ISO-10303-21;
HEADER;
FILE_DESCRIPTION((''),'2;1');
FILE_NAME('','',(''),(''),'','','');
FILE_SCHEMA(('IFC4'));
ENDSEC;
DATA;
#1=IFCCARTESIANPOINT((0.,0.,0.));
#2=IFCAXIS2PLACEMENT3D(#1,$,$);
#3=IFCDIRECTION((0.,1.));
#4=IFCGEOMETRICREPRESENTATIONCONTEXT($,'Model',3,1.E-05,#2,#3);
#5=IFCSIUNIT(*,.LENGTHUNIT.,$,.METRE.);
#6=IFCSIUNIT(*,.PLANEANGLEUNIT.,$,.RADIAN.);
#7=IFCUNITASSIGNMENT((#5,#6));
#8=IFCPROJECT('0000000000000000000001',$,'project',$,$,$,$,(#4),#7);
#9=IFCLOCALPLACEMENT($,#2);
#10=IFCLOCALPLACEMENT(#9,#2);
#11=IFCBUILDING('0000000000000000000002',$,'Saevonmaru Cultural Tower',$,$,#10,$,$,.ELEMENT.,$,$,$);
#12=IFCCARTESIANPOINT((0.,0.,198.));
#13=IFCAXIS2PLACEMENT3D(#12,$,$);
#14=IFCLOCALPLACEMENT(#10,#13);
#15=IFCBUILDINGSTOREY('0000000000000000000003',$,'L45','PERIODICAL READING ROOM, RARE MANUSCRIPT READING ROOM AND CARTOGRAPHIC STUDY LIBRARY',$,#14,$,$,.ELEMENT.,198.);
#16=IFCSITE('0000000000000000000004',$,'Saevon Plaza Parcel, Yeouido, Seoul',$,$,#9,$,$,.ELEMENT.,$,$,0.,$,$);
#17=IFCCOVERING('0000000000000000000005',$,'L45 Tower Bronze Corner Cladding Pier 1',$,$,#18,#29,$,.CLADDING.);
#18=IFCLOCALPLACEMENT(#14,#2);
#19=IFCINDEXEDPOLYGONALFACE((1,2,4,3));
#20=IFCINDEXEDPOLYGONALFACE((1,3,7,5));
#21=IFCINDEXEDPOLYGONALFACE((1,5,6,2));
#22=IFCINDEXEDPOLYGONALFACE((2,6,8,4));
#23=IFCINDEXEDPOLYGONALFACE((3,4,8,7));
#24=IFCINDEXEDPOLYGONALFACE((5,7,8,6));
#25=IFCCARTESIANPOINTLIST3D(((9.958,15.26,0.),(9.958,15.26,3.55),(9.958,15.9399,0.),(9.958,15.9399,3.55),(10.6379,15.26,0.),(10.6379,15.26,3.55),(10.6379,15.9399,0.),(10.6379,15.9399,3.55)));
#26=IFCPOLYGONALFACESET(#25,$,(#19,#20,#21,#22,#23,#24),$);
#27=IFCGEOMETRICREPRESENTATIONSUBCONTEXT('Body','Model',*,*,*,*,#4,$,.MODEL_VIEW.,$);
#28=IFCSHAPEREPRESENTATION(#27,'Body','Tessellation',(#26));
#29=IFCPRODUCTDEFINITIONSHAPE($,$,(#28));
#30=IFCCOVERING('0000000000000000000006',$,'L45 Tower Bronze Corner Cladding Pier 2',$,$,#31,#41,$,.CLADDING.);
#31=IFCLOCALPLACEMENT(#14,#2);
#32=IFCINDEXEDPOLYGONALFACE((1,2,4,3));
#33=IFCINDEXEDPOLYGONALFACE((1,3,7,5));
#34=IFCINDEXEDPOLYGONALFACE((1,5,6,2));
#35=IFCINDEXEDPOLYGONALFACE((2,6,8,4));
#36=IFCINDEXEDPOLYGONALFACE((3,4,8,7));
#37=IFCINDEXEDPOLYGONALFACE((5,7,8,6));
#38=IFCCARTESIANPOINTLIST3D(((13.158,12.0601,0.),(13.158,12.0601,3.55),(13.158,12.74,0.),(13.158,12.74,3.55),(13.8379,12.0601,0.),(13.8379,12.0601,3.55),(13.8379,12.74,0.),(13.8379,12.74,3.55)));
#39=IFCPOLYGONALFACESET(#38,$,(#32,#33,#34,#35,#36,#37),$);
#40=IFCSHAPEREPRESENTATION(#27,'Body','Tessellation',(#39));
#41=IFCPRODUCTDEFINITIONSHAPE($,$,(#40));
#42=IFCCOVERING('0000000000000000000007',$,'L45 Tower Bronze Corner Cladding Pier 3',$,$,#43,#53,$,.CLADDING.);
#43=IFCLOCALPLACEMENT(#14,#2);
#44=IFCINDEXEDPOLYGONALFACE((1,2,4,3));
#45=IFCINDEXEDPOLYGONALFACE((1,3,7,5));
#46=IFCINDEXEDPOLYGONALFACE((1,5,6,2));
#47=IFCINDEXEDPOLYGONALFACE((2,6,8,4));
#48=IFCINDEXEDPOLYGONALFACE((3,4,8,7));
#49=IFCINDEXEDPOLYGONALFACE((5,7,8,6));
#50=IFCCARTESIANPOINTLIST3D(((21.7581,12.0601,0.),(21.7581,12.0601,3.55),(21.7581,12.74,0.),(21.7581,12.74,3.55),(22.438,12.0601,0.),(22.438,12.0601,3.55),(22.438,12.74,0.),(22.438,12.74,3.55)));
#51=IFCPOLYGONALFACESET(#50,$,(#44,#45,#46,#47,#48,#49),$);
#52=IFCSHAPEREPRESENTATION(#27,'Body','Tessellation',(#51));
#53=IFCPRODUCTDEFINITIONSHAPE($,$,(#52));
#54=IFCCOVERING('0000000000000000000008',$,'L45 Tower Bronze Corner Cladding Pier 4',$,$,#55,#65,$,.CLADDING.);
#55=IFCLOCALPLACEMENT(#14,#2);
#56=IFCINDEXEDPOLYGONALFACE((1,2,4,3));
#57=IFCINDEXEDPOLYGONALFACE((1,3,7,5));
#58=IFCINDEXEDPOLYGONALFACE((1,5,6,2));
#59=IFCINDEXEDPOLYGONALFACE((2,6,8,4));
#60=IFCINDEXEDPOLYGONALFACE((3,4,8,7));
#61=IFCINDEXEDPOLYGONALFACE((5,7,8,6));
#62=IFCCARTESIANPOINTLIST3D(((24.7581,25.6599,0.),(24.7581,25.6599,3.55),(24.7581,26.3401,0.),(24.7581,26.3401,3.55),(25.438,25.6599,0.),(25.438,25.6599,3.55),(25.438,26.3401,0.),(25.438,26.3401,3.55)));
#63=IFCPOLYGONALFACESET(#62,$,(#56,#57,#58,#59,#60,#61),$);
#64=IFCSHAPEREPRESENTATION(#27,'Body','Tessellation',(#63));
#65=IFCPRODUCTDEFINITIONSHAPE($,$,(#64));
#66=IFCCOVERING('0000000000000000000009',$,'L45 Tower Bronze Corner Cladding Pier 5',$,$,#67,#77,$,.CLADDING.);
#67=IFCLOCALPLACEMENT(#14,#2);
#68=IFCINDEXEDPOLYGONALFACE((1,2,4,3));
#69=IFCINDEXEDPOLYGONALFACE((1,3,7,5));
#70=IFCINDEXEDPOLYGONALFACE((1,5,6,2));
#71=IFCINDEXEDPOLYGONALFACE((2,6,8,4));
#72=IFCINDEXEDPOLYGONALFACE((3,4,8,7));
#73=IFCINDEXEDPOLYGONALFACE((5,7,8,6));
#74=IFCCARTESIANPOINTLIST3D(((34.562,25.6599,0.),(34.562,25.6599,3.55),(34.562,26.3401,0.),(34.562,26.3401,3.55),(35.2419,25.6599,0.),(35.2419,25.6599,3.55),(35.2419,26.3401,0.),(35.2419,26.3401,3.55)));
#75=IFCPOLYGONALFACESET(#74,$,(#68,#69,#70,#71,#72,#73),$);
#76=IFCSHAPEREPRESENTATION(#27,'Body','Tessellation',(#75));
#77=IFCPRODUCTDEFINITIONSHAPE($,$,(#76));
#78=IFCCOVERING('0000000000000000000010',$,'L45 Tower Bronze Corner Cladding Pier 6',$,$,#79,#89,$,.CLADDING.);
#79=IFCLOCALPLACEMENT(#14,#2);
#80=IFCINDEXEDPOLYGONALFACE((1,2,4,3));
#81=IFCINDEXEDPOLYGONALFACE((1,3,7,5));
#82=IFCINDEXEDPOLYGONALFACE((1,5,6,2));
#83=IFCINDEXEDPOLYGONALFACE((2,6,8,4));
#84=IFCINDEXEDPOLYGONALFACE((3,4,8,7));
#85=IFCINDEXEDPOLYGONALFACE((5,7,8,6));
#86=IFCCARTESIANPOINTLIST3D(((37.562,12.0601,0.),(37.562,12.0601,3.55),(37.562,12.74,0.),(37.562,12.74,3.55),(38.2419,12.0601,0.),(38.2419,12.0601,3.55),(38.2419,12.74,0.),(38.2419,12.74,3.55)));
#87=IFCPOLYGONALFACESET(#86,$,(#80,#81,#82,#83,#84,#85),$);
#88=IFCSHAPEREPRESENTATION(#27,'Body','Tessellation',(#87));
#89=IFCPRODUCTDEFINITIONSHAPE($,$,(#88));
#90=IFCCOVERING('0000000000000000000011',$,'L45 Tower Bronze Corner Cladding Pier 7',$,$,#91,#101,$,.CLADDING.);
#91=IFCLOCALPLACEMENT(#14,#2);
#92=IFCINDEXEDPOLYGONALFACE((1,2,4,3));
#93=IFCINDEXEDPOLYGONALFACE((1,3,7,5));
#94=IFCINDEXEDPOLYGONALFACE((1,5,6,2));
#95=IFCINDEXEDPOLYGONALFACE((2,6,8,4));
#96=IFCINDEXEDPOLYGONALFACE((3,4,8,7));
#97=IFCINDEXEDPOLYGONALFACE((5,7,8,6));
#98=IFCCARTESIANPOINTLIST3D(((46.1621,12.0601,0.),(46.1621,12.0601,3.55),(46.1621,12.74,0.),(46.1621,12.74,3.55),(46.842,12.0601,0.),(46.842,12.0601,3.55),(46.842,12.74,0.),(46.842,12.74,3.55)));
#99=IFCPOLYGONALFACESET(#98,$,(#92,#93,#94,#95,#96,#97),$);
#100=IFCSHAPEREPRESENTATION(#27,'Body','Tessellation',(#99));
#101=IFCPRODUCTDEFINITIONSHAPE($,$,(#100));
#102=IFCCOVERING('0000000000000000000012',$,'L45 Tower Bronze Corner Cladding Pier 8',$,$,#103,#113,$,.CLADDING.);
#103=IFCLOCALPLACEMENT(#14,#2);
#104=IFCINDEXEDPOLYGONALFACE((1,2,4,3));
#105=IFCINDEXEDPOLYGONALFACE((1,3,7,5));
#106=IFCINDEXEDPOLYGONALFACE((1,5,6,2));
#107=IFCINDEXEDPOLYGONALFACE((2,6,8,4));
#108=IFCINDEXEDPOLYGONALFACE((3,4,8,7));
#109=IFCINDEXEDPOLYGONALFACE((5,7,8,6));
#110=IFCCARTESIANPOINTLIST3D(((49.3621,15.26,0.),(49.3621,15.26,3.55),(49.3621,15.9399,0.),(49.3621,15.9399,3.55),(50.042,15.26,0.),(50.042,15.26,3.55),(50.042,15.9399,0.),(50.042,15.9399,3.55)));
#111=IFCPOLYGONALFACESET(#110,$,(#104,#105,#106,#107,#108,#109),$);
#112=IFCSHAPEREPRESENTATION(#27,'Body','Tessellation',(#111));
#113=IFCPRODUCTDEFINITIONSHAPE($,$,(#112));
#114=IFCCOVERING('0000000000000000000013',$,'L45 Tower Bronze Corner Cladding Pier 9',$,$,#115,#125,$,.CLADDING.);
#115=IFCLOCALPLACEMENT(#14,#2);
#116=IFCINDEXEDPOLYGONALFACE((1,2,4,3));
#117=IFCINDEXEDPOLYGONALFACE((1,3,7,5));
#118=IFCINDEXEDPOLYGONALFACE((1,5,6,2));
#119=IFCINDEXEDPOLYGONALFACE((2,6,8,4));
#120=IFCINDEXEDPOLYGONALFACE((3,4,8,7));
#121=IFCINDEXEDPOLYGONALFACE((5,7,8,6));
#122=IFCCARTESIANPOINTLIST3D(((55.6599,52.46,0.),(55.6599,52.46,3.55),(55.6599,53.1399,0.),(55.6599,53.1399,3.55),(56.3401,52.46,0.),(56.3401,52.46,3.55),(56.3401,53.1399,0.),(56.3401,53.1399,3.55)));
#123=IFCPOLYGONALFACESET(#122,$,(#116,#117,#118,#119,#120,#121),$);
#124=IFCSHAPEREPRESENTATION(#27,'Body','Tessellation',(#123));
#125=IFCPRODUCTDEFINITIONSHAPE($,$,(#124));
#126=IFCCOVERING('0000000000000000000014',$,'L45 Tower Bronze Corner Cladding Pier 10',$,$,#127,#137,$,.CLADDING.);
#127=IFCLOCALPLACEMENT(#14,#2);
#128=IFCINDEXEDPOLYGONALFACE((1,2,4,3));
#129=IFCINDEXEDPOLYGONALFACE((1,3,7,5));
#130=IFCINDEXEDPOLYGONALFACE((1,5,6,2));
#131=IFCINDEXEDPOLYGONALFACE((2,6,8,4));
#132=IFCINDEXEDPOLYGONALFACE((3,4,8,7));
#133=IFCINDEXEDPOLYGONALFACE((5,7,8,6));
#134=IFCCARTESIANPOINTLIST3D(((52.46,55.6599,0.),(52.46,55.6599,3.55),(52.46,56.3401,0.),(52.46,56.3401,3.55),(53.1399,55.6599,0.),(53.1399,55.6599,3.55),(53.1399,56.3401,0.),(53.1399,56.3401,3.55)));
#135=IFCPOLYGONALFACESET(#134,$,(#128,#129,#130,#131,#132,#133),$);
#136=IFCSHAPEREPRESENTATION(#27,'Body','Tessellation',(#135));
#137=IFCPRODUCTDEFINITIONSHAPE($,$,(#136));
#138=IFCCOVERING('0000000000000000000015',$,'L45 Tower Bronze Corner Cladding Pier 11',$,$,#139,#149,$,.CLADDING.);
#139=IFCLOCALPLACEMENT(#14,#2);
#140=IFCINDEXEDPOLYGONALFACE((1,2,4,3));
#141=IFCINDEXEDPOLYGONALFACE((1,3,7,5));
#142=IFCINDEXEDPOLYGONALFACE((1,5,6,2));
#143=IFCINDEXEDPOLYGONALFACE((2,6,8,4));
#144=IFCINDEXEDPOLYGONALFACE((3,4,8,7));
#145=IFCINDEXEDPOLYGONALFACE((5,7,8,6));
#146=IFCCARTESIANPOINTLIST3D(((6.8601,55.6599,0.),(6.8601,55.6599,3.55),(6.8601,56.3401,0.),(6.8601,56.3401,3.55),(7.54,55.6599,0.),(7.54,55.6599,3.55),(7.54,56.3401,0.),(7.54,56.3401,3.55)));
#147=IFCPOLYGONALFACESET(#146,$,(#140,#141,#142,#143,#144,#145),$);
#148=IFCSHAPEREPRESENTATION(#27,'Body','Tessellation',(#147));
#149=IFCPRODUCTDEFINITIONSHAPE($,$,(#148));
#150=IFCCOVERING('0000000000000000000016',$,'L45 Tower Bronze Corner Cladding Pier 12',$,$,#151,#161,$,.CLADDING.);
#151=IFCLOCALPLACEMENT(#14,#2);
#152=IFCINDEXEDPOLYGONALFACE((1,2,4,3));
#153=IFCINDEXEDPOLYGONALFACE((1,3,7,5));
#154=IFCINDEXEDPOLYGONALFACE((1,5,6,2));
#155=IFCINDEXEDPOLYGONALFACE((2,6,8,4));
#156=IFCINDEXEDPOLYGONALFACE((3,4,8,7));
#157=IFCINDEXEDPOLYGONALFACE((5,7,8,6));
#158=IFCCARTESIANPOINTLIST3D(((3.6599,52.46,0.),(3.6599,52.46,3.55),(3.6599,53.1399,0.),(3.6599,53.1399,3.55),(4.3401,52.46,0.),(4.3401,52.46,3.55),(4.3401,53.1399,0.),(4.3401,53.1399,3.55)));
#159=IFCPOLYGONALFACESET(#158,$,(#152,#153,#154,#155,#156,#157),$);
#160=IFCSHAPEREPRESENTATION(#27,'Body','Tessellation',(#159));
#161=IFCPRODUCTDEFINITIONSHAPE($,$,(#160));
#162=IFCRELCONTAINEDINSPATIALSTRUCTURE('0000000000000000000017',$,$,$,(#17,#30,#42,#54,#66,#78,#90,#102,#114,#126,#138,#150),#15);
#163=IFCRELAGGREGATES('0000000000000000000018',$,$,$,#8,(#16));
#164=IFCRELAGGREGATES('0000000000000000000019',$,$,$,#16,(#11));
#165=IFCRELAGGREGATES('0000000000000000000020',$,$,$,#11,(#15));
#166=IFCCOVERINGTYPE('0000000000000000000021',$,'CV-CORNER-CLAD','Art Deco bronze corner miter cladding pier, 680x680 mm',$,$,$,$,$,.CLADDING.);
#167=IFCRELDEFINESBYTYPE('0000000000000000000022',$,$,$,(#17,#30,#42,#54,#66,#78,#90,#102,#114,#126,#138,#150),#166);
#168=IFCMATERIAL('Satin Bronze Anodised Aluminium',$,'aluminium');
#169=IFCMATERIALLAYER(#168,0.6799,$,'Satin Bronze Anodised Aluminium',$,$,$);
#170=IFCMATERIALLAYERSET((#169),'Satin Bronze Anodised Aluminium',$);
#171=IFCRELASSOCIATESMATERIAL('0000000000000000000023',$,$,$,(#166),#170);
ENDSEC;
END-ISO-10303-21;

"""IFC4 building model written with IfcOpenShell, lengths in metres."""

from ifc_helpers import new_model, si_unit, direction, frame, origin, place, context, subcontext, project, spatial, polyline, outline, extrude, material, layer, layer_set, type_object, element, save


model = new_model("IFC4")

# Units and contexts
model_context = context("Model", 3, precision=1e-05, world=origin(), true_north=direction((0.0, 1.0)))
body_context = subcontext(model_context, "Body", "Model", "MODEL_VIEW")
ifc_project = project(units=[si_unit("LENGTHUNIT", "METRE"), si_unit("PLANEANGLEUNIT", "RADIAN")], contexts=[model_context])

# Site, building, storey
site_placement = place(None, origin())
site = spatial("IfcSite", under=ifc_project, at=site_placement, Name="Saevon Plaza Parcel, Yeouido, Seoul", CompositionType="ELEMENT", RefElevation=0.0)
building_placement = place(site_placement, origin())
building = spatial("IfcBuilding", under=site, at=building_placement, Name="Saevonmaru Cultural Tower", CompositionType="ELEMENT")
storey_placement = place(building_placement, frame((0.0, 0.0, 198.0)))
storey = spatial("IfcBuildingStorey", under=building, at=storey_placement, Name="L45", Description="PERIODICAL READING ROOM, RARE MANUSCRIPT READING ROOM AND CARTOGRAPHIC STUDY LIBRARY", CompositionType="ELEMENT", Elevation=198.0)

# Shared definitions
ifc_material_1 = material(Name="Satin Bronze Anodised Aluminium", Category="aluminium")

# Coverings
ifc_layer_1 = layer(ifc_material_1, 0.6799, Name="Satin Bronze Anodised Aluminium")
ifc_layer_set_1 = layer_set([ifc_layer_1], Name="Satin Bronze Anodised Aluminium")
covering_type_1 = type_object("IfcCoveringType", Name="CV-CORNER-CLAD", Description="Art Deco bronze corner miter cladding pier, 680x680 mm", PredefinedType="CLADDING", material=ifc_layer_set_1)
covering_1_placement = place(storey_placement, origin())
element("IfcCovering", 1, at=covering_1_placement, inside=storey, type_object=covering_type_1, Name="L45 Tower Bronze Corner Cladding Pier 1", PredefinedType="CLADDING", context=body_context, shape_type="SweptSolid", body=[
    extrude(outline(polyline([(9.958, 15.26), (10.6379, 15.26), (10.6379, 15.9399), (9.958, 15.9399), (9.958, 15.26)])), origin(), (0.0, 0.0, 1.0), 3.55),
])
covering_2_placement = place(storey_placement, origin())
element("IfcCovering", 2, at=covering_2_placement, inside=storey, type_object=covering_type_1, Name="L45 Tower Bronze Corner Cladding Pier 2", PredefinedType="CLADDING", context=body_context, shape_type="SweptSolid", body=[
    extrude(outline(polyline([(13.158, 12.0601), (13.8379, 12.0601), (13.8379, 12.74), (13.158, 12.74), (13.158, 12.0601)])), origin(), (0.0, 0.0, 1.0), 3.55),
])
covering_3_placement = place(storey_placement, origin())
element("IfcCovering", 3, at=covering_3_placement, inside=storey, type_object=covering_type_1, Name="L45 Tower Bronze Corner Cladding Pier 3", PredefinedType="CLADDING", context=body_context, shape_type="SweptSolid", body=[
    extrude(outline(polyline([(21.7581, 12.0601), (22.438, 12.0601), (22.438, 12.74), (21.7581, 12.74), (21.7581, 12.0601)])), origin(), (0.0, 0.0, 1.0), 3.55),
])
covering_4_placement = place(storey_placement, origin())
element("IfcCovering", 4, at=covering_4_placement, inside=storey, type_object=covering_type_1, Name="L45 Tower Bronze Corner Cladding Pier 4", PredefinedType="CLADDING", context=body_context, shape_type="SweptSolid", body=[
    extrude(outline(polyline([(24.7581, 25.6599), (25.438, 25.6599), (25.438, 26.3401), (24.7581, 26.3401), (24.7581, 25.6599)])), origin(), (0.0, 0.0, 1.0), 3.55),
])
covering_5_placement = place(storey_placement, origin())
element("IfcCovering", 5, at=covering_5_placement, inside=storey, type_object=covering_type_1, Name="L45 Tower Bronze Corner Cladding Pier 5", PredefinedType="CLADDING", context=body_context, shape_type="SweptSolid", body=[
    extrude(outline(polyline([(34.562, 25.6599), (35.2419, 25.6599), (35.2419, 26.3401), (34.562, 26.3401), (34.562, 25.6599)])), origin(), (0.0, 0.0, 1.0), 3.55),
])
covering_6_placement = place(storey_placement, origin())
element("IfcCovering", 6, at=covering_6_placement, inside=storey, type_object=covering_type_1, Name="L45 Tower Bronze Corner Cladding Pier 6", PredefinedType="CLADDING", context=body_context, shape_type="SweptSolid", body=[
    extrude(outline(polyline([(37.562, 12.0601), (38.2419, 12.0601), (38.2419, 12.74), (37.562, 12.74), (37.562, 12.0601)])), origin(), (0.0, 0.0, 1.0), 3.55),
])
covering_7_placement = place(storey_placement, origin())
element("IfcCovering", 7, at=covering_7_placement, inside=storey, type_object=covering_type_1, Name="L45 Tower Bronze Corner Cladding Pier 7", PredefinedType="CLADDING", context=body_context, shape_type="SweptSolid", body=[
    extrude(outline(polyline([(46.1621, 12.0601), (46.842, 12.0601), (46.842, 12.74), (46.1621, 12.74), (46.1621, 12.0601)])), origin(), (0.0, 0.0, 1.0), 3.55),
])
covering_8_placement = place(storey_placement, origin())
element("IfcCovering", 8, at=covering_8_placement, inside=storey, type_object=covering_type_1, Name="L45 Tower Bronze Corner Cladding Pier 8", PredefinedType="CLADDING", context=body_context, shape_type="SweptSolid", body=[
    extrude(outline(polyline([(49.3621, 15.26), (50.042, 15.26), (50.042, 15.9399), (49.3621, 15.9399), (49.3621, 15.26)])), origin(), (0.0, 0.0, 1.0), 3.55),
])
covering_9_placement = place(storey_placement, origin())
element("IfcCovering", 9, at=covering_9_placement, inside=storey, type_object=covering_type_1, Name="L45 Tower Bronze Corner Cladding Pier 9", PredefinedType="CLADDING", context=body_context, shape_type="SweptSolid", body=[
    extrude(outline(polyline([(55.6599, 52.46), (56.3401, 52.46), (56.3401, 53.1399), (55.6599, 53.1399), (55.6599, 52.46)])), origin(), (0.0, 0.0, 1.0), 3.55),
])
covering_10_placement = place(storey_placement, origin())
element("IfcCovering", 10, at=covering_10_placement, inside=storey, type_object=covering_type_1, Name="L45 Tower Bronze Corner Cladding Pier 10", PredefinedType="CLADDING", context=body_context, shape_type="SweptSolid", body=[
    extrude(outline(polyline([(52.46, 55.6599), (53.1399, 55.6599), (53.1399, 56.3401), (52.46, 56.3401), (52.46, 55.6599)])), origin(), (0.0, 0.0, 1.0), 3.55),
])
covering_11_placement = place(storey_placement, origin())
element("IfcCovering", 11, at=covering_11_placement, inside=storey, type_object=covering_type_1, Name="L45 Tower Bronze Corner Cladding Pier 11", PredefinedType="CLADDING", context=body_context, shape_type="SweptSolid", body=[
    extrude(outline(polyline([(6.8601, 55.6599), (7.54, 55.6599), (7.54, 56.3401), (6.8601, 56.3401), (6.8601, 55.6599)])), origin(), (0.0, 0.0, 1.0), 3.55),
])
covering_12_placement = place(storey_placement, origin())
element("IfcCovering", 12, at=covering_12_placement, inside=storey, type_object=covering_type_1, Name="L45 Tower Bronze Corner Cladding Pier 12", PredefinedType="CLADDING", context=body_context, shape_type="SweptSolid", body=[
    extrude(outline(polyline([(3.6599, 52.46), (4.3401, 52.46), (4.3401, 53.1399), (3.6599, 53.1399), (3.6599, 52.46)])), origin(), (0.0, 0.0, 1.0), 3.55),
])

save(model, "model.ifc")
